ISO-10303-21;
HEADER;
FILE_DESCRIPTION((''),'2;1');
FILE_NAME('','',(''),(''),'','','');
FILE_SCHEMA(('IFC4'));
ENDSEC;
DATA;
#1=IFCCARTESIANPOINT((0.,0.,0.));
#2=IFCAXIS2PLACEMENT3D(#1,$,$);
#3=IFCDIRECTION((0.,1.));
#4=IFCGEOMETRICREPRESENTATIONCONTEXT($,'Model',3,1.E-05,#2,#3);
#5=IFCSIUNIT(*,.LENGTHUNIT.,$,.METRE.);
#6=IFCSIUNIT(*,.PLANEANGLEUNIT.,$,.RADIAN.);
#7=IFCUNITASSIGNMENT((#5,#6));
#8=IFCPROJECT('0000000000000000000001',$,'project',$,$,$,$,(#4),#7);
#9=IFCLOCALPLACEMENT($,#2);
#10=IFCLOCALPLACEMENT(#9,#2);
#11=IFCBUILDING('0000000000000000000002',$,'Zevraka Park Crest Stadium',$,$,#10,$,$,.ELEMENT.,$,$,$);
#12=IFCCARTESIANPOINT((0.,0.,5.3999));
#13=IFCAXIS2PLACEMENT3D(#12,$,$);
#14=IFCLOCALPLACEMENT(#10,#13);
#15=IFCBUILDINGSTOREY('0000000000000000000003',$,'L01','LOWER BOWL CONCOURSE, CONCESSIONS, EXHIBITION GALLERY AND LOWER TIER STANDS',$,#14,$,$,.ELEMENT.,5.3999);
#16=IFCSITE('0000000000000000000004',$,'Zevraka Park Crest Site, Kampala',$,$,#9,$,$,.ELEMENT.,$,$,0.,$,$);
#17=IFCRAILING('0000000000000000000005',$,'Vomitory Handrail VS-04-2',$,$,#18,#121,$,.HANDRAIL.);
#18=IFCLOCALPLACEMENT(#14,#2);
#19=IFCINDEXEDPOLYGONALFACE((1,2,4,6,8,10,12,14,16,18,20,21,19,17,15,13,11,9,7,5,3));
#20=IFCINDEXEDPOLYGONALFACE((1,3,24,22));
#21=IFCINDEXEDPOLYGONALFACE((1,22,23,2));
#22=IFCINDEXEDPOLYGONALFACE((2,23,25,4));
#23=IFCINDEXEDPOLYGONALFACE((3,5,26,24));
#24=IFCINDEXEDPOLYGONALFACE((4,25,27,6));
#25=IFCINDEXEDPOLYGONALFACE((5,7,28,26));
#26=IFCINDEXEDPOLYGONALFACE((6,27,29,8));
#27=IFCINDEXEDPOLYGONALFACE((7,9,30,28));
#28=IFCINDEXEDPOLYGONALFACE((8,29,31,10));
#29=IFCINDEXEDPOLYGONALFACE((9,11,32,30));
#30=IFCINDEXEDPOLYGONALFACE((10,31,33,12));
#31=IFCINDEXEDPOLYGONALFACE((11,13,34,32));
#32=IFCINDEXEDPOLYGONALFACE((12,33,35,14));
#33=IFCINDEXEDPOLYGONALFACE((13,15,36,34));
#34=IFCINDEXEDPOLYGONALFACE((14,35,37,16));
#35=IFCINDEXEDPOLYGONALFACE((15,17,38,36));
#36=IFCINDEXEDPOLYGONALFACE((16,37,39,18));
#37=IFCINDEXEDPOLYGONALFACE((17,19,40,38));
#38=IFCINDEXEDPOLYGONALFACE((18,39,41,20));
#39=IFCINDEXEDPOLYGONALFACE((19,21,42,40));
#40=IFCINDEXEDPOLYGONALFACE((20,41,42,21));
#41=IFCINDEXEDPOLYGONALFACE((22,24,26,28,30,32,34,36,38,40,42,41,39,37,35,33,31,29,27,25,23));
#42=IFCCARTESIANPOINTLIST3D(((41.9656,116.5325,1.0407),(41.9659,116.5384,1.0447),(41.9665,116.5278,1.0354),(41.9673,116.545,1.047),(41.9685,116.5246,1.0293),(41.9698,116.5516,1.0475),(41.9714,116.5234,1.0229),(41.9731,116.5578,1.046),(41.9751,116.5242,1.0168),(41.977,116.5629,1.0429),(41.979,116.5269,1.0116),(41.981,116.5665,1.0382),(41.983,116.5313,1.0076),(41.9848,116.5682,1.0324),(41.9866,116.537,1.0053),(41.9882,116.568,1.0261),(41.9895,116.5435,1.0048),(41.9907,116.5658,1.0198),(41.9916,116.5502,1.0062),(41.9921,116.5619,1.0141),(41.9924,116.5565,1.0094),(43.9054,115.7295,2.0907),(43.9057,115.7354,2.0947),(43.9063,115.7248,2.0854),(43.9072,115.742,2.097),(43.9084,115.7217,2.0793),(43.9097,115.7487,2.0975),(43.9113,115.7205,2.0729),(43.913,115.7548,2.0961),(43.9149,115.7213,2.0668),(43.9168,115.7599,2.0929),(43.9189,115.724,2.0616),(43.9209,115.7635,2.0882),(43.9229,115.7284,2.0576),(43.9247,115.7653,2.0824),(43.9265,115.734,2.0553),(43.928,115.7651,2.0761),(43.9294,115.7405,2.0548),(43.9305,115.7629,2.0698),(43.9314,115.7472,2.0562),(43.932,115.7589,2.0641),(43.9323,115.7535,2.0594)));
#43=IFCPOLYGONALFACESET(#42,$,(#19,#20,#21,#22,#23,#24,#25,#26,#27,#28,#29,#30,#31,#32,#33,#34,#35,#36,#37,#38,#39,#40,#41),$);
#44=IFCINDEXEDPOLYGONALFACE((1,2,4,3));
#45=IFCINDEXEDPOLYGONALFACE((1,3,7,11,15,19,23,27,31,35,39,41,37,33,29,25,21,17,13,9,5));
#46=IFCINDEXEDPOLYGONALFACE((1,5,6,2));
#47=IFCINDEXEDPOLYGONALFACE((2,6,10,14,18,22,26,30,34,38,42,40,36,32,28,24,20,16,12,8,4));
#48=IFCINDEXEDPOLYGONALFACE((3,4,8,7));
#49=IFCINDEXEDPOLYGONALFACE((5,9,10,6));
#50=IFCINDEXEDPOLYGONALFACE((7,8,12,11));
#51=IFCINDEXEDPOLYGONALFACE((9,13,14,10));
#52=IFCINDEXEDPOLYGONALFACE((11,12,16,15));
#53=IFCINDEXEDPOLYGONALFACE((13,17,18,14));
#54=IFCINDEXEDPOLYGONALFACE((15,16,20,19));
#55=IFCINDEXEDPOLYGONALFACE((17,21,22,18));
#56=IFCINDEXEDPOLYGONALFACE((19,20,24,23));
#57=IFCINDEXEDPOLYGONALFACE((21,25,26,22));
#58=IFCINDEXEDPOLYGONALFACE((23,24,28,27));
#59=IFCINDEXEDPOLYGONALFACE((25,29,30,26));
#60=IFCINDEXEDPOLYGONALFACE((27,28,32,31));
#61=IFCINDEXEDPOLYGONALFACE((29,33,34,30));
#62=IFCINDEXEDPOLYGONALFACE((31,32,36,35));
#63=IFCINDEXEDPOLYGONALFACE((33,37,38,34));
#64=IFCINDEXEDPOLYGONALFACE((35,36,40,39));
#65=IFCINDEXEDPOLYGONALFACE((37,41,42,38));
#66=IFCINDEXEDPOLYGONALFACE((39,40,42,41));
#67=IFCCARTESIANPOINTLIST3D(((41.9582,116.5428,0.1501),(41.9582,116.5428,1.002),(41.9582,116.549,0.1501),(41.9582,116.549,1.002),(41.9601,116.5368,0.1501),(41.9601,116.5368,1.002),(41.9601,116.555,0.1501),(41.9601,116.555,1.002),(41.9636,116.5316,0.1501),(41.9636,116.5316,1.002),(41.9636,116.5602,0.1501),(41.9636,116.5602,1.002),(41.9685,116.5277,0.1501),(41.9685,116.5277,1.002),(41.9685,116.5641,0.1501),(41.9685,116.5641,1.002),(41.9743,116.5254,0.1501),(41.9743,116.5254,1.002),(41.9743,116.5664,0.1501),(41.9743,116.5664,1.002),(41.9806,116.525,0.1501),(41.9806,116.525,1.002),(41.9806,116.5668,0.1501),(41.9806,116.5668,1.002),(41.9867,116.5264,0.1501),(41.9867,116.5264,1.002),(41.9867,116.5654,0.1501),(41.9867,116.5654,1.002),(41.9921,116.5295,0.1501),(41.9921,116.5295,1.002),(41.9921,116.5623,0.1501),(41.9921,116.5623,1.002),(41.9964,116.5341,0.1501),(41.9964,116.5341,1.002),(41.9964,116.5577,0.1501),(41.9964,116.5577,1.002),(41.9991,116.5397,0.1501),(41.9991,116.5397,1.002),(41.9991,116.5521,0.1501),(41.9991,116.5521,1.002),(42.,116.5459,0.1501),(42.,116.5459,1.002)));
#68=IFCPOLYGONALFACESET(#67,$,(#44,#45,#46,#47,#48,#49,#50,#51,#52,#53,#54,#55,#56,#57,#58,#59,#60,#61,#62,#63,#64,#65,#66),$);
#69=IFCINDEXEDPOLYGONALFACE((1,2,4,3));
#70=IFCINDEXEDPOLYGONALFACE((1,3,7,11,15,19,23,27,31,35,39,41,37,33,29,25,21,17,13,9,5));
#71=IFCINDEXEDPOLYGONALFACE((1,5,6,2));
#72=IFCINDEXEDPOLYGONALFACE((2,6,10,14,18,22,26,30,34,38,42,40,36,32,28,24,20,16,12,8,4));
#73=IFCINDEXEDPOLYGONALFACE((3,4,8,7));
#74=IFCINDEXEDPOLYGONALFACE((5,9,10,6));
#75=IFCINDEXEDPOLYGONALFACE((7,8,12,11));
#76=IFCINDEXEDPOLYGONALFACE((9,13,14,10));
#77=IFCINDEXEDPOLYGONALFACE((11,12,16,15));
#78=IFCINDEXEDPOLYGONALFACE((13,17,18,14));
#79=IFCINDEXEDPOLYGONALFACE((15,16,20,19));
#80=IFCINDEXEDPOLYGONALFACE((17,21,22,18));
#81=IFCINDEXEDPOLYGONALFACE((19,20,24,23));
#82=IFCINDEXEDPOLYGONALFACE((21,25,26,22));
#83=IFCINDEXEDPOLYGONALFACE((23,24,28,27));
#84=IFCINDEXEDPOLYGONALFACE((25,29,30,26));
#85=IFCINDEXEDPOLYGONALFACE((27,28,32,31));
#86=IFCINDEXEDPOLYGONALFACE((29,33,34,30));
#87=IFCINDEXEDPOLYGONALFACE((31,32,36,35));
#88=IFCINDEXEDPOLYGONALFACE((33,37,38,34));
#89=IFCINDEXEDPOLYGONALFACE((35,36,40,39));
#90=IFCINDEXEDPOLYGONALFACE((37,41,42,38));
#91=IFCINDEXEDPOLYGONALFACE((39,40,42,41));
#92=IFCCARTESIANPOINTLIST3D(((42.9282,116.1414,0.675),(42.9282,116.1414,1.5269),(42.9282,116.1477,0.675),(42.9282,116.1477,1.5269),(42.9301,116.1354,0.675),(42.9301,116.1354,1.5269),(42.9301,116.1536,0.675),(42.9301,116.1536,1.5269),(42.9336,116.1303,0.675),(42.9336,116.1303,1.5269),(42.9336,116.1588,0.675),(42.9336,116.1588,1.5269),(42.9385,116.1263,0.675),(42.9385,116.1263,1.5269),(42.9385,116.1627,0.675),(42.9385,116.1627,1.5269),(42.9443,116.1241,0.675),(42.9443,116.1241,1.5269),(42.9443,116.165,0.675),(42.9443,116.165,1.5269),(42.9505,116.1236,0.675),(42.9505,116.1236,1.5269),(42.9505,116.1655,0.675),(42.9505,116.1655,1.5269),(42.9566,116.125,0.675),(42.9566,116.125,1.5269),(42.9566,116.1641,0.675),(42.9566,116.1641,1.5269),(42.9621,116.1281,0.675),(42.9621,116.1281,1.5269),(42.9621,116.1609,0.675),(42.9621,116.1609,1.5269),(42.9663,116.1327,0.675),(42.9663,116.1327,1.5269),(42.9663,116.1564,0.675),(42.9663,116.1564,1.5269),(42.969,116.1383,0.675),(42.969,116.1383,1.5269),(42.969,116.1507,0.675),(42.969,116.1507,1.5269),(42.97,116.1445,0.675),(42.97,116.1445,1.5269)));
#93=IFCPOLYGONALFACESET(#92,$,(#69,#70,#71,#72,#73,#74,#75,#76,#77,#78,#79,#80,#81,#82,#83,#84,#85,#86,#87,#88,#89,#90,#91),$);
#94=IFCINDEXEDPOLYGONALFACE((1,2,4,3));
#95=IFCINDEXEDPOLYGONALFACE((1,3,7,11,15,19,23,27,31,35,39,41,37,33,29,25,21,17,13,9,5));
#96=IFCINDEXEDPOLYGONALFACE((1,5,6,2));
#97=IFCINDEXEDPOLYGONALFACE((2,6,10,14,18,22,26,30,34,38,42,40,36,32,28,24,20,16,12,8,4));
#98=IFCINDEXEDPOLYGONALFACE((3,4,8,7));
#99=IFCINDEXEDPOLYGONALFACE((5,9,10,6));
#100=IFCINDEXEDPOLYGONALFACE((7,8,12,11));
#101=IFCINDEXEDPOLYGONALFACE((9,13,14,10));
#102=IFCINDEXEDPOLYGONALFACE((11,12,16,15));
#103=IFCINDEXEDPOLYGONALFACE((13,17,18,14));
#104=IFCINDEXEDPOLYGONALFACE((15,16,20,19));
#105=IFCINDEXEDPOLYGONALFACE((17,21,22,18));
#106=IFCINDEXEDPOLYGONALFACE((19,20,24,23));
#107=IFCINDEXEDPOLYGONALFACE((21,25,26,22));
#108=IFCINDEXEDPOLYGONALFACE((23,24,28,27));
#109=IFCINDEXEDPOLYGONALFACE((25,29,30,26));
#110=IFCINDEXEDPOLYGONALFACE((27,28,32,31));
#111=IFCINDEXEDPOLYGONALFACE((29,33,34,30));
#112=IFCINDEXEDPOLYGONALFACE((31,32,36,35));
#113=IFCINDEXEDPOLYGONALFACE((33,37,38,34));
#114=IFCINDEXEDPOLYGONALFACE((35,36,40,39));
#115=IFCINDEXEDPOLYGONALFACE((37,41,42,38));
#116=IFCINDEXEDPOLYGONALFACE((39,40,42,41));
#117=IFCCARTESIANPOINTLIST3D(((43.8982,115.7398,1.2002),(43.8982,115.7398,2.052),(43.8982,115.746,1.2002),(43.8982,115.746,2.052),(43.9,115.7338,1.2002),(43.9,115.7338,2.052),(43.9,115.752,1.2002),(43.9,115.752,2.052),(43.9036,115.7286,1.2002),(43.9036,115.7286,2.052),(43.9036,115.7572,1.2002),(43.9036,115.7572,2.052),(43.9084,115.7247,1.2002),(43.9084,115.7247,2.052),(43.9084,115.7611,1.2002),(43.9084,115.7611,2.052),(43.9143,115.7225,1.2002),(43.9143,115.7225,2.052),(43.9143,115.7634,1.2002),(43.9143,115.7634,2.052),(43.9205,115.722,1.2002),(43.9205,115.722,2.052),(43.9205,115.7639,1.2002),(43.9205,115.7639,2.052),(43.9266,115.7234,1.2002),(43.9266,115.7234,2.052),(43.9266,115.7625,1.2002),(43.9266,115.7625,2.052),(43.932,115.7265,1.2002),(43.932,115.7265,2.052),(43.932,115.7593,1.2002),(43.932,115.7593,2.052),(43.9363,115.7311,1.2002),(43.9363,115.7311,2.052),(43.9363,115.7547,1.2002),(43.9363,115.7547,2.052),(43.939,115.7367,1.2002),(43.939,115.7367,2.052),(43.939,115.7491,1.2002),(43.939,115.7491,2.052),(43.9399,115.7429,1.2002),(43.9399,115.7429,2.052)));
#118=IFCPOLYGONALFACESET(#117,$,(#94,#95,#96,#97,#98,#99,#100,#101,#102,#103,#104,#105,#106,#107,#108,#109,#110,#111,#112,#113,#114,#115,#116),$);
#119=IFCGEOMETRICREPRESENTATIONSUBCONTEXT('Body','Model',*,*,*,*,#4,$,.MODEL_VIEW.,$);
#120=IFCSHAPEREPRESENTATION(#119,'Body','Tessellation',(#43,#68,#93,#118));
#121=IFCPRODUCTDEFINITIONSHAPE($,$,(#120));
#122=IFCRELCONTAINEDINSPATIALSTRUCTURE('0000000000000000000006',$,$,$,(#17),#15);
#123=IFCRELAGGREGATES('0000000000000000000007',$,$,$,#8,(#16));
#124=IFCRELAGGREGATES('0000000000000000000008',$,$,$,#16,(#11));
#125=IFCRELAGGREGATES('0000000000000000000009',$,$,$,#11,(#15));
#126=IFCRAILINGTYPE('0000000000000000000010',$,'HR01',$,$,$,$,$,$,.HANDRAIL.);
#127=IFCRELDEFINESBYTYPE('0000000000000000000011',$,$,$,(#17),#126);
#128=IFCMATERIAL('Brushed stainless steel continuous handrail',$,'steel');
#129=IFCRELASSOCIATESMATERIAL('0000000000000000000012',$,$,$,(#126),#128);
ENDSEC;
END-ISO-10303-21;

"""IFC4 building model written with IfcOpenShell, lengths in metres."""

from ifc_helpers import new_model, si_unit, direction, frame, origin, origin_2d, place, context, subcontext, project, spatial, circle, extrude, material, type_object, element, save


model = new_model("IFC4")

# Units and contexts
model_context = context("Model", 3, precision=1e-05, world=origin(), true_north=direction((0.0, 1.0)))
body_context = subcontext(model_context, "Body", "Model", "MODEL_VIEW")
ifc_project = project(units=[si_unit("LENGTHUNIT", "METRE"), si_unit("PLANEANGLEUNIT", "RADIAN")], contexts=[model_context])

# Site, building, storey
site_placement = place(None, origin())
site = spatial("IfcSite", under=ifc_project, at=site_placement, Name="Zevraka Park Crest Site, Kampala", CompositionType="ELEMENT", RefElevation=0.0)
building_placement = place(site_placement, origin())
building = spatial("IfcBuilding", under=site, at=building_placement, Name="Zevraka Park Crest Stadium", CompositionType="ELEMENT")
storey_placement = place(building_placement, frame((0.0, 0.0, 5.3999)))
storey = spatial("IfcBuildingStorey", under=building, at=storey_placement, Name="L01", Description="LOWER BOWL CONCOURSE, CONCESSIONS, EXHIBITION GALLERY AND LOWER TIER STANDS", CompositionType="ELEMENT", Elevation=5.3999)

# Railing
ifc_material_1 = material(Name="Brushed stainless steel continuous handrail", Category="steel")
railing_type_1 = type_object("IfcRailingType", Name="HR01", PredefinedType="HANDRAIL", material=ifc_material_1)
railing_1_placement = place(storey_placement, frame((41.979, 116.5459, 0.1501)))
element("IfcRailing", 1, at=railing_1_placement, inside=storey, type_object=railing_type_1, Name="Vomitory Handrail VS-04-2", PredefinedType="HANDRAIL", context=body_context, shape_type="SweptSolid", body=[
    extrude(circle(Radius=0.0239, at=origin_2d()), frame((0.0, 0.0, 0.876), z_axis=(0.826387, -0.342057, 0.447305), x_axis=(0.382451, 0.923976, 0.0)), (0.0, 0.0, 1.0), 2.3474),
    extrude(circle(Radius=0.021, at=origin_2d()), origin(), (0.0, 0.0, 1.0), 0.8518),
    extrude(circle(Radius=0.021, at=origin_2d()), frame((0.97, -0.4014, 0.5249)), (0.0, 0.0, 1.0), 0.8518),
    extrude(circle(Radius=0.021, at=origin_2d()), frame((1.9399, -0.803, 1.05)), (0.0, 0.0, 1.0), 0.8518),
])

save(model, "model.ifc")
